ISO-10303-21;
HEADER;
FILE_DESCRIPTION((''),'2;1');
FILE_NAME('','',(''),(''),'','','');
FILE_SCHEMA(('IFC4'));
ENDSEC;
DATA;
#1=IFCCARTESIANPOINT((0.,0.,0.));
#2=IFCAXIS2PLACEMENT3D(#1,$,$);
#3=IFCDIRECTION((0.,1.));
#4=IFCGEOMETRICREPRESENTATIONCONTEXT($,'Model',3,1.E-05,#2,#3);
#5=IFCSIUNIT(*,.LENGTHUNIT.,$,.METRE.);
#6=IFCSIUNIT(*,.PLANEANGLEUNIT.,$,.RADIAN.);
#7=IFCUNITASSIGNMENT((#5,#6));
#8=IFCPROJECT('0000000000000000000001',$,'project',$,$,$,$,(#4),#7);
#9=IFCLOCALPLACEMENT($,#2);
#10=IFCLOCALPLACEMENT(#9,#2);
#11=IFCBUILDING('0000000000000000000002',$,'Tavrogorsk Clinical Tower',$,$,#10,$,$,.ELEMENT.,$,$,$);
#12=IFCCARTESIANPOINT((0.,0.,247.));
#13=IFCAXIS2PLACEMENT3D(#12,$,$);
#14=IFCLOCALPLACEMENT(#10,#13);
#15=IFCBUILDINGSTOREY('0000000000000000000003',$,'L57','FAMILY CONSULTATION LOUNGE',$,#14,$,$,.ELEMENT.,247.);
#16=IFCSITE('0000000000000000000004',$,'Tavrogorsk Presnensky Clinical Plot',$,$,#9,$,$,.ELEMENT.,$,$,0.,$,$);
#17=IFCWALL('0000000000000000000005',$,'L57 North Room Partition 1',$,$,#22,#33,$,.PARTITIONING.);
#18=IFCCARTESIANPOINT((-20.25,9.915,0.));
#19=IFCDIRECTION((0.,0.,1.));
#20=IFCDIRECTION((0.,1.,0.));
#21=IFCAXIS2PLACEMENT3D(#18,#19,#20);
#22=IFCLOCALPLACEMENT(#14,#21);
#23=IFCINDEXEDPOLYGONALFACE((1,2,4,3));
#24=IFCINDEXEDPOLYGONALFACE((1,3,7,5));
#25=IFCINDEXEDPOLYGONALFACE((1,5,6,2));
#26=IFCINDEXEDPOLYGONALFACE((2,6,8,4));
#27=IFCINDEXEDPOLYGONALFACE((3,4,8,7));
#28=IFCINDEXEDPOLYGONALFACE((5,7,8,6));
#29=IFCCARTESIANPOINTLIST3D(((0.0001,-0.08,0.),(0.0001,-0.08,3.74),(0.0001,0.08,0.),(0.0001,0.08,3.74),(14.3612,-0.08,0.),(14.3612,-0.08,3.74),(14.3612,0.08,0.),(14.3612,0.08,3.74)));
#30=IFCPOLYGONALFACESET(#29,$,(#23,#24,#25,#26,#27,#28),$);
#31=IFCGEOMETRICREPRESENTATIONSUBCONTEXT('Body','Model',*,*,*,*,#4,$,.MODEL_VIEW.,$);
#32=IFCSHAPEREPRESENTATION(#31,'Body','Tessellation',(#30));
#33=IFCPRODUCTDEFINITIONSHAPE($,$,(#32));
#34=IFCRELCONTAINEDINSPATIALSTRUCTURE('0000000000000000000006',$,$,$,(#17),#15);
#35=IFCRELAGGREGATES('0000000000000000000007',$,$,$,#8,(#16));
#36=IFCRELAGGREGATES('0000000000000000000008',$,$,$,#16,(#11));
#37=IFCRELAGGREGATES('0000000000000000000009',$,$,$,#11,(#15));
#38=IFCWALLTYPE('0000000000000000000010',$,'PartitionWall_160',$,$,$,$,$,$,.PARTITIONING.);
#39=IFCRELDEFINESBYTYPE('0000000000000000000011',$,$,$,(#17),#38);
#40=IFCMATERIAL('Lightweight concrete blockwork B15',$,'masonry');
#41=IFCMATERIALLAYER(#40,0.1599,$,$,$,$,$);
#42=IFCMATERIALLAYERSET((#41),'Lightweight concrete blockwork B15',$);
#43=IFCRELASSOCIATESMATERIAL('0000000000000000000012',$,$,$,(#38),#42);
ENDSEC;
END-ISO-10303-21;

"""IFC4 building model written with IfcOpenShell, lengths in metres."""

from ifc_helpers import new_model, si_unit, direction, frame, frame_2d, origin, place, context, subcontext, project, spatial, rectangle, extrude, material, layer, layer_set, type_object, element, save


model = new_model("IFC4")

# Units and contexts
model_context = context("Model", 3, precision=1e-05, world=origin(), true_north=direction((0.0, 1.0)))
body_context = subcontext(model_context, "Body", "Model", "MODEL_VIEW")
ifc_project = project(units=[si_unit("LENGTHUNIT", "METRE"), si_unit("PLANEANGLEUNIT", "RADIAN")], contexts=[model_context])

# Site, building, storey
site_placement = place(None, origin())
site = spatial("IfcSite", under=ifc_project, at=site_placement, Name="Tavrogorsk Presnensky Clinical Plot", CompositionType="ELEMENT", RefElevation=0.0)
building_placement = place(site_placement, origin())
building = spatial("IfcBuilding", under=site, at=building_placement, Name="Tavrogorsk Clinical Tower", CompositionType="ELEMENT")
storey_placement = place(building_placement, frame((0.0, 0.0, 247.0)))
storey = spatial("IfcBuildingStorey", under=building, at=storey_placement, Name="L57", Description="FAMILY CONSULTATION LOUNGE", CompositionType="ELEMENT", Elevation=247.0)

# Wall
ifc_material_1 = material(Name="Lightweight concrete blockwork B15", Category="masonry")
ifc_layer_1 = layer(ifc_material_1, 0.1599)
ifc_layer_set_1 = layer_set([ifc_layer_1], Name="Lightweight concrete blockwork B15")
wall_type_1 = type_object("IfcWallType", Name="PartitionWall_160", PredefinedType="PARTITIONING", material=ifc_layer_set_1)
wall_1_placement = place(storey_placement, frame((-20.25, 9.915, 0.0), z_axis=(0.0, 0.0, 1.0), x_axis=(0.0, 1.0, 0.0)))
element("IfcWall", 1, at=wall_1_placement, inside=storey, type_object=wall_type_1, Name="L57 North Room Partition 1", PredefinedType="PARTITIONING", context=body_context, shape_type="SweptSolid", body=[
    extrude(rectangle(XDim=14.3611, YDim=0.1599, at=frame_2d((7.1807, 0.0))), origin(), (0.0, 0.0, 1.0), 3.74),
])

save(model, "model.ifc")
